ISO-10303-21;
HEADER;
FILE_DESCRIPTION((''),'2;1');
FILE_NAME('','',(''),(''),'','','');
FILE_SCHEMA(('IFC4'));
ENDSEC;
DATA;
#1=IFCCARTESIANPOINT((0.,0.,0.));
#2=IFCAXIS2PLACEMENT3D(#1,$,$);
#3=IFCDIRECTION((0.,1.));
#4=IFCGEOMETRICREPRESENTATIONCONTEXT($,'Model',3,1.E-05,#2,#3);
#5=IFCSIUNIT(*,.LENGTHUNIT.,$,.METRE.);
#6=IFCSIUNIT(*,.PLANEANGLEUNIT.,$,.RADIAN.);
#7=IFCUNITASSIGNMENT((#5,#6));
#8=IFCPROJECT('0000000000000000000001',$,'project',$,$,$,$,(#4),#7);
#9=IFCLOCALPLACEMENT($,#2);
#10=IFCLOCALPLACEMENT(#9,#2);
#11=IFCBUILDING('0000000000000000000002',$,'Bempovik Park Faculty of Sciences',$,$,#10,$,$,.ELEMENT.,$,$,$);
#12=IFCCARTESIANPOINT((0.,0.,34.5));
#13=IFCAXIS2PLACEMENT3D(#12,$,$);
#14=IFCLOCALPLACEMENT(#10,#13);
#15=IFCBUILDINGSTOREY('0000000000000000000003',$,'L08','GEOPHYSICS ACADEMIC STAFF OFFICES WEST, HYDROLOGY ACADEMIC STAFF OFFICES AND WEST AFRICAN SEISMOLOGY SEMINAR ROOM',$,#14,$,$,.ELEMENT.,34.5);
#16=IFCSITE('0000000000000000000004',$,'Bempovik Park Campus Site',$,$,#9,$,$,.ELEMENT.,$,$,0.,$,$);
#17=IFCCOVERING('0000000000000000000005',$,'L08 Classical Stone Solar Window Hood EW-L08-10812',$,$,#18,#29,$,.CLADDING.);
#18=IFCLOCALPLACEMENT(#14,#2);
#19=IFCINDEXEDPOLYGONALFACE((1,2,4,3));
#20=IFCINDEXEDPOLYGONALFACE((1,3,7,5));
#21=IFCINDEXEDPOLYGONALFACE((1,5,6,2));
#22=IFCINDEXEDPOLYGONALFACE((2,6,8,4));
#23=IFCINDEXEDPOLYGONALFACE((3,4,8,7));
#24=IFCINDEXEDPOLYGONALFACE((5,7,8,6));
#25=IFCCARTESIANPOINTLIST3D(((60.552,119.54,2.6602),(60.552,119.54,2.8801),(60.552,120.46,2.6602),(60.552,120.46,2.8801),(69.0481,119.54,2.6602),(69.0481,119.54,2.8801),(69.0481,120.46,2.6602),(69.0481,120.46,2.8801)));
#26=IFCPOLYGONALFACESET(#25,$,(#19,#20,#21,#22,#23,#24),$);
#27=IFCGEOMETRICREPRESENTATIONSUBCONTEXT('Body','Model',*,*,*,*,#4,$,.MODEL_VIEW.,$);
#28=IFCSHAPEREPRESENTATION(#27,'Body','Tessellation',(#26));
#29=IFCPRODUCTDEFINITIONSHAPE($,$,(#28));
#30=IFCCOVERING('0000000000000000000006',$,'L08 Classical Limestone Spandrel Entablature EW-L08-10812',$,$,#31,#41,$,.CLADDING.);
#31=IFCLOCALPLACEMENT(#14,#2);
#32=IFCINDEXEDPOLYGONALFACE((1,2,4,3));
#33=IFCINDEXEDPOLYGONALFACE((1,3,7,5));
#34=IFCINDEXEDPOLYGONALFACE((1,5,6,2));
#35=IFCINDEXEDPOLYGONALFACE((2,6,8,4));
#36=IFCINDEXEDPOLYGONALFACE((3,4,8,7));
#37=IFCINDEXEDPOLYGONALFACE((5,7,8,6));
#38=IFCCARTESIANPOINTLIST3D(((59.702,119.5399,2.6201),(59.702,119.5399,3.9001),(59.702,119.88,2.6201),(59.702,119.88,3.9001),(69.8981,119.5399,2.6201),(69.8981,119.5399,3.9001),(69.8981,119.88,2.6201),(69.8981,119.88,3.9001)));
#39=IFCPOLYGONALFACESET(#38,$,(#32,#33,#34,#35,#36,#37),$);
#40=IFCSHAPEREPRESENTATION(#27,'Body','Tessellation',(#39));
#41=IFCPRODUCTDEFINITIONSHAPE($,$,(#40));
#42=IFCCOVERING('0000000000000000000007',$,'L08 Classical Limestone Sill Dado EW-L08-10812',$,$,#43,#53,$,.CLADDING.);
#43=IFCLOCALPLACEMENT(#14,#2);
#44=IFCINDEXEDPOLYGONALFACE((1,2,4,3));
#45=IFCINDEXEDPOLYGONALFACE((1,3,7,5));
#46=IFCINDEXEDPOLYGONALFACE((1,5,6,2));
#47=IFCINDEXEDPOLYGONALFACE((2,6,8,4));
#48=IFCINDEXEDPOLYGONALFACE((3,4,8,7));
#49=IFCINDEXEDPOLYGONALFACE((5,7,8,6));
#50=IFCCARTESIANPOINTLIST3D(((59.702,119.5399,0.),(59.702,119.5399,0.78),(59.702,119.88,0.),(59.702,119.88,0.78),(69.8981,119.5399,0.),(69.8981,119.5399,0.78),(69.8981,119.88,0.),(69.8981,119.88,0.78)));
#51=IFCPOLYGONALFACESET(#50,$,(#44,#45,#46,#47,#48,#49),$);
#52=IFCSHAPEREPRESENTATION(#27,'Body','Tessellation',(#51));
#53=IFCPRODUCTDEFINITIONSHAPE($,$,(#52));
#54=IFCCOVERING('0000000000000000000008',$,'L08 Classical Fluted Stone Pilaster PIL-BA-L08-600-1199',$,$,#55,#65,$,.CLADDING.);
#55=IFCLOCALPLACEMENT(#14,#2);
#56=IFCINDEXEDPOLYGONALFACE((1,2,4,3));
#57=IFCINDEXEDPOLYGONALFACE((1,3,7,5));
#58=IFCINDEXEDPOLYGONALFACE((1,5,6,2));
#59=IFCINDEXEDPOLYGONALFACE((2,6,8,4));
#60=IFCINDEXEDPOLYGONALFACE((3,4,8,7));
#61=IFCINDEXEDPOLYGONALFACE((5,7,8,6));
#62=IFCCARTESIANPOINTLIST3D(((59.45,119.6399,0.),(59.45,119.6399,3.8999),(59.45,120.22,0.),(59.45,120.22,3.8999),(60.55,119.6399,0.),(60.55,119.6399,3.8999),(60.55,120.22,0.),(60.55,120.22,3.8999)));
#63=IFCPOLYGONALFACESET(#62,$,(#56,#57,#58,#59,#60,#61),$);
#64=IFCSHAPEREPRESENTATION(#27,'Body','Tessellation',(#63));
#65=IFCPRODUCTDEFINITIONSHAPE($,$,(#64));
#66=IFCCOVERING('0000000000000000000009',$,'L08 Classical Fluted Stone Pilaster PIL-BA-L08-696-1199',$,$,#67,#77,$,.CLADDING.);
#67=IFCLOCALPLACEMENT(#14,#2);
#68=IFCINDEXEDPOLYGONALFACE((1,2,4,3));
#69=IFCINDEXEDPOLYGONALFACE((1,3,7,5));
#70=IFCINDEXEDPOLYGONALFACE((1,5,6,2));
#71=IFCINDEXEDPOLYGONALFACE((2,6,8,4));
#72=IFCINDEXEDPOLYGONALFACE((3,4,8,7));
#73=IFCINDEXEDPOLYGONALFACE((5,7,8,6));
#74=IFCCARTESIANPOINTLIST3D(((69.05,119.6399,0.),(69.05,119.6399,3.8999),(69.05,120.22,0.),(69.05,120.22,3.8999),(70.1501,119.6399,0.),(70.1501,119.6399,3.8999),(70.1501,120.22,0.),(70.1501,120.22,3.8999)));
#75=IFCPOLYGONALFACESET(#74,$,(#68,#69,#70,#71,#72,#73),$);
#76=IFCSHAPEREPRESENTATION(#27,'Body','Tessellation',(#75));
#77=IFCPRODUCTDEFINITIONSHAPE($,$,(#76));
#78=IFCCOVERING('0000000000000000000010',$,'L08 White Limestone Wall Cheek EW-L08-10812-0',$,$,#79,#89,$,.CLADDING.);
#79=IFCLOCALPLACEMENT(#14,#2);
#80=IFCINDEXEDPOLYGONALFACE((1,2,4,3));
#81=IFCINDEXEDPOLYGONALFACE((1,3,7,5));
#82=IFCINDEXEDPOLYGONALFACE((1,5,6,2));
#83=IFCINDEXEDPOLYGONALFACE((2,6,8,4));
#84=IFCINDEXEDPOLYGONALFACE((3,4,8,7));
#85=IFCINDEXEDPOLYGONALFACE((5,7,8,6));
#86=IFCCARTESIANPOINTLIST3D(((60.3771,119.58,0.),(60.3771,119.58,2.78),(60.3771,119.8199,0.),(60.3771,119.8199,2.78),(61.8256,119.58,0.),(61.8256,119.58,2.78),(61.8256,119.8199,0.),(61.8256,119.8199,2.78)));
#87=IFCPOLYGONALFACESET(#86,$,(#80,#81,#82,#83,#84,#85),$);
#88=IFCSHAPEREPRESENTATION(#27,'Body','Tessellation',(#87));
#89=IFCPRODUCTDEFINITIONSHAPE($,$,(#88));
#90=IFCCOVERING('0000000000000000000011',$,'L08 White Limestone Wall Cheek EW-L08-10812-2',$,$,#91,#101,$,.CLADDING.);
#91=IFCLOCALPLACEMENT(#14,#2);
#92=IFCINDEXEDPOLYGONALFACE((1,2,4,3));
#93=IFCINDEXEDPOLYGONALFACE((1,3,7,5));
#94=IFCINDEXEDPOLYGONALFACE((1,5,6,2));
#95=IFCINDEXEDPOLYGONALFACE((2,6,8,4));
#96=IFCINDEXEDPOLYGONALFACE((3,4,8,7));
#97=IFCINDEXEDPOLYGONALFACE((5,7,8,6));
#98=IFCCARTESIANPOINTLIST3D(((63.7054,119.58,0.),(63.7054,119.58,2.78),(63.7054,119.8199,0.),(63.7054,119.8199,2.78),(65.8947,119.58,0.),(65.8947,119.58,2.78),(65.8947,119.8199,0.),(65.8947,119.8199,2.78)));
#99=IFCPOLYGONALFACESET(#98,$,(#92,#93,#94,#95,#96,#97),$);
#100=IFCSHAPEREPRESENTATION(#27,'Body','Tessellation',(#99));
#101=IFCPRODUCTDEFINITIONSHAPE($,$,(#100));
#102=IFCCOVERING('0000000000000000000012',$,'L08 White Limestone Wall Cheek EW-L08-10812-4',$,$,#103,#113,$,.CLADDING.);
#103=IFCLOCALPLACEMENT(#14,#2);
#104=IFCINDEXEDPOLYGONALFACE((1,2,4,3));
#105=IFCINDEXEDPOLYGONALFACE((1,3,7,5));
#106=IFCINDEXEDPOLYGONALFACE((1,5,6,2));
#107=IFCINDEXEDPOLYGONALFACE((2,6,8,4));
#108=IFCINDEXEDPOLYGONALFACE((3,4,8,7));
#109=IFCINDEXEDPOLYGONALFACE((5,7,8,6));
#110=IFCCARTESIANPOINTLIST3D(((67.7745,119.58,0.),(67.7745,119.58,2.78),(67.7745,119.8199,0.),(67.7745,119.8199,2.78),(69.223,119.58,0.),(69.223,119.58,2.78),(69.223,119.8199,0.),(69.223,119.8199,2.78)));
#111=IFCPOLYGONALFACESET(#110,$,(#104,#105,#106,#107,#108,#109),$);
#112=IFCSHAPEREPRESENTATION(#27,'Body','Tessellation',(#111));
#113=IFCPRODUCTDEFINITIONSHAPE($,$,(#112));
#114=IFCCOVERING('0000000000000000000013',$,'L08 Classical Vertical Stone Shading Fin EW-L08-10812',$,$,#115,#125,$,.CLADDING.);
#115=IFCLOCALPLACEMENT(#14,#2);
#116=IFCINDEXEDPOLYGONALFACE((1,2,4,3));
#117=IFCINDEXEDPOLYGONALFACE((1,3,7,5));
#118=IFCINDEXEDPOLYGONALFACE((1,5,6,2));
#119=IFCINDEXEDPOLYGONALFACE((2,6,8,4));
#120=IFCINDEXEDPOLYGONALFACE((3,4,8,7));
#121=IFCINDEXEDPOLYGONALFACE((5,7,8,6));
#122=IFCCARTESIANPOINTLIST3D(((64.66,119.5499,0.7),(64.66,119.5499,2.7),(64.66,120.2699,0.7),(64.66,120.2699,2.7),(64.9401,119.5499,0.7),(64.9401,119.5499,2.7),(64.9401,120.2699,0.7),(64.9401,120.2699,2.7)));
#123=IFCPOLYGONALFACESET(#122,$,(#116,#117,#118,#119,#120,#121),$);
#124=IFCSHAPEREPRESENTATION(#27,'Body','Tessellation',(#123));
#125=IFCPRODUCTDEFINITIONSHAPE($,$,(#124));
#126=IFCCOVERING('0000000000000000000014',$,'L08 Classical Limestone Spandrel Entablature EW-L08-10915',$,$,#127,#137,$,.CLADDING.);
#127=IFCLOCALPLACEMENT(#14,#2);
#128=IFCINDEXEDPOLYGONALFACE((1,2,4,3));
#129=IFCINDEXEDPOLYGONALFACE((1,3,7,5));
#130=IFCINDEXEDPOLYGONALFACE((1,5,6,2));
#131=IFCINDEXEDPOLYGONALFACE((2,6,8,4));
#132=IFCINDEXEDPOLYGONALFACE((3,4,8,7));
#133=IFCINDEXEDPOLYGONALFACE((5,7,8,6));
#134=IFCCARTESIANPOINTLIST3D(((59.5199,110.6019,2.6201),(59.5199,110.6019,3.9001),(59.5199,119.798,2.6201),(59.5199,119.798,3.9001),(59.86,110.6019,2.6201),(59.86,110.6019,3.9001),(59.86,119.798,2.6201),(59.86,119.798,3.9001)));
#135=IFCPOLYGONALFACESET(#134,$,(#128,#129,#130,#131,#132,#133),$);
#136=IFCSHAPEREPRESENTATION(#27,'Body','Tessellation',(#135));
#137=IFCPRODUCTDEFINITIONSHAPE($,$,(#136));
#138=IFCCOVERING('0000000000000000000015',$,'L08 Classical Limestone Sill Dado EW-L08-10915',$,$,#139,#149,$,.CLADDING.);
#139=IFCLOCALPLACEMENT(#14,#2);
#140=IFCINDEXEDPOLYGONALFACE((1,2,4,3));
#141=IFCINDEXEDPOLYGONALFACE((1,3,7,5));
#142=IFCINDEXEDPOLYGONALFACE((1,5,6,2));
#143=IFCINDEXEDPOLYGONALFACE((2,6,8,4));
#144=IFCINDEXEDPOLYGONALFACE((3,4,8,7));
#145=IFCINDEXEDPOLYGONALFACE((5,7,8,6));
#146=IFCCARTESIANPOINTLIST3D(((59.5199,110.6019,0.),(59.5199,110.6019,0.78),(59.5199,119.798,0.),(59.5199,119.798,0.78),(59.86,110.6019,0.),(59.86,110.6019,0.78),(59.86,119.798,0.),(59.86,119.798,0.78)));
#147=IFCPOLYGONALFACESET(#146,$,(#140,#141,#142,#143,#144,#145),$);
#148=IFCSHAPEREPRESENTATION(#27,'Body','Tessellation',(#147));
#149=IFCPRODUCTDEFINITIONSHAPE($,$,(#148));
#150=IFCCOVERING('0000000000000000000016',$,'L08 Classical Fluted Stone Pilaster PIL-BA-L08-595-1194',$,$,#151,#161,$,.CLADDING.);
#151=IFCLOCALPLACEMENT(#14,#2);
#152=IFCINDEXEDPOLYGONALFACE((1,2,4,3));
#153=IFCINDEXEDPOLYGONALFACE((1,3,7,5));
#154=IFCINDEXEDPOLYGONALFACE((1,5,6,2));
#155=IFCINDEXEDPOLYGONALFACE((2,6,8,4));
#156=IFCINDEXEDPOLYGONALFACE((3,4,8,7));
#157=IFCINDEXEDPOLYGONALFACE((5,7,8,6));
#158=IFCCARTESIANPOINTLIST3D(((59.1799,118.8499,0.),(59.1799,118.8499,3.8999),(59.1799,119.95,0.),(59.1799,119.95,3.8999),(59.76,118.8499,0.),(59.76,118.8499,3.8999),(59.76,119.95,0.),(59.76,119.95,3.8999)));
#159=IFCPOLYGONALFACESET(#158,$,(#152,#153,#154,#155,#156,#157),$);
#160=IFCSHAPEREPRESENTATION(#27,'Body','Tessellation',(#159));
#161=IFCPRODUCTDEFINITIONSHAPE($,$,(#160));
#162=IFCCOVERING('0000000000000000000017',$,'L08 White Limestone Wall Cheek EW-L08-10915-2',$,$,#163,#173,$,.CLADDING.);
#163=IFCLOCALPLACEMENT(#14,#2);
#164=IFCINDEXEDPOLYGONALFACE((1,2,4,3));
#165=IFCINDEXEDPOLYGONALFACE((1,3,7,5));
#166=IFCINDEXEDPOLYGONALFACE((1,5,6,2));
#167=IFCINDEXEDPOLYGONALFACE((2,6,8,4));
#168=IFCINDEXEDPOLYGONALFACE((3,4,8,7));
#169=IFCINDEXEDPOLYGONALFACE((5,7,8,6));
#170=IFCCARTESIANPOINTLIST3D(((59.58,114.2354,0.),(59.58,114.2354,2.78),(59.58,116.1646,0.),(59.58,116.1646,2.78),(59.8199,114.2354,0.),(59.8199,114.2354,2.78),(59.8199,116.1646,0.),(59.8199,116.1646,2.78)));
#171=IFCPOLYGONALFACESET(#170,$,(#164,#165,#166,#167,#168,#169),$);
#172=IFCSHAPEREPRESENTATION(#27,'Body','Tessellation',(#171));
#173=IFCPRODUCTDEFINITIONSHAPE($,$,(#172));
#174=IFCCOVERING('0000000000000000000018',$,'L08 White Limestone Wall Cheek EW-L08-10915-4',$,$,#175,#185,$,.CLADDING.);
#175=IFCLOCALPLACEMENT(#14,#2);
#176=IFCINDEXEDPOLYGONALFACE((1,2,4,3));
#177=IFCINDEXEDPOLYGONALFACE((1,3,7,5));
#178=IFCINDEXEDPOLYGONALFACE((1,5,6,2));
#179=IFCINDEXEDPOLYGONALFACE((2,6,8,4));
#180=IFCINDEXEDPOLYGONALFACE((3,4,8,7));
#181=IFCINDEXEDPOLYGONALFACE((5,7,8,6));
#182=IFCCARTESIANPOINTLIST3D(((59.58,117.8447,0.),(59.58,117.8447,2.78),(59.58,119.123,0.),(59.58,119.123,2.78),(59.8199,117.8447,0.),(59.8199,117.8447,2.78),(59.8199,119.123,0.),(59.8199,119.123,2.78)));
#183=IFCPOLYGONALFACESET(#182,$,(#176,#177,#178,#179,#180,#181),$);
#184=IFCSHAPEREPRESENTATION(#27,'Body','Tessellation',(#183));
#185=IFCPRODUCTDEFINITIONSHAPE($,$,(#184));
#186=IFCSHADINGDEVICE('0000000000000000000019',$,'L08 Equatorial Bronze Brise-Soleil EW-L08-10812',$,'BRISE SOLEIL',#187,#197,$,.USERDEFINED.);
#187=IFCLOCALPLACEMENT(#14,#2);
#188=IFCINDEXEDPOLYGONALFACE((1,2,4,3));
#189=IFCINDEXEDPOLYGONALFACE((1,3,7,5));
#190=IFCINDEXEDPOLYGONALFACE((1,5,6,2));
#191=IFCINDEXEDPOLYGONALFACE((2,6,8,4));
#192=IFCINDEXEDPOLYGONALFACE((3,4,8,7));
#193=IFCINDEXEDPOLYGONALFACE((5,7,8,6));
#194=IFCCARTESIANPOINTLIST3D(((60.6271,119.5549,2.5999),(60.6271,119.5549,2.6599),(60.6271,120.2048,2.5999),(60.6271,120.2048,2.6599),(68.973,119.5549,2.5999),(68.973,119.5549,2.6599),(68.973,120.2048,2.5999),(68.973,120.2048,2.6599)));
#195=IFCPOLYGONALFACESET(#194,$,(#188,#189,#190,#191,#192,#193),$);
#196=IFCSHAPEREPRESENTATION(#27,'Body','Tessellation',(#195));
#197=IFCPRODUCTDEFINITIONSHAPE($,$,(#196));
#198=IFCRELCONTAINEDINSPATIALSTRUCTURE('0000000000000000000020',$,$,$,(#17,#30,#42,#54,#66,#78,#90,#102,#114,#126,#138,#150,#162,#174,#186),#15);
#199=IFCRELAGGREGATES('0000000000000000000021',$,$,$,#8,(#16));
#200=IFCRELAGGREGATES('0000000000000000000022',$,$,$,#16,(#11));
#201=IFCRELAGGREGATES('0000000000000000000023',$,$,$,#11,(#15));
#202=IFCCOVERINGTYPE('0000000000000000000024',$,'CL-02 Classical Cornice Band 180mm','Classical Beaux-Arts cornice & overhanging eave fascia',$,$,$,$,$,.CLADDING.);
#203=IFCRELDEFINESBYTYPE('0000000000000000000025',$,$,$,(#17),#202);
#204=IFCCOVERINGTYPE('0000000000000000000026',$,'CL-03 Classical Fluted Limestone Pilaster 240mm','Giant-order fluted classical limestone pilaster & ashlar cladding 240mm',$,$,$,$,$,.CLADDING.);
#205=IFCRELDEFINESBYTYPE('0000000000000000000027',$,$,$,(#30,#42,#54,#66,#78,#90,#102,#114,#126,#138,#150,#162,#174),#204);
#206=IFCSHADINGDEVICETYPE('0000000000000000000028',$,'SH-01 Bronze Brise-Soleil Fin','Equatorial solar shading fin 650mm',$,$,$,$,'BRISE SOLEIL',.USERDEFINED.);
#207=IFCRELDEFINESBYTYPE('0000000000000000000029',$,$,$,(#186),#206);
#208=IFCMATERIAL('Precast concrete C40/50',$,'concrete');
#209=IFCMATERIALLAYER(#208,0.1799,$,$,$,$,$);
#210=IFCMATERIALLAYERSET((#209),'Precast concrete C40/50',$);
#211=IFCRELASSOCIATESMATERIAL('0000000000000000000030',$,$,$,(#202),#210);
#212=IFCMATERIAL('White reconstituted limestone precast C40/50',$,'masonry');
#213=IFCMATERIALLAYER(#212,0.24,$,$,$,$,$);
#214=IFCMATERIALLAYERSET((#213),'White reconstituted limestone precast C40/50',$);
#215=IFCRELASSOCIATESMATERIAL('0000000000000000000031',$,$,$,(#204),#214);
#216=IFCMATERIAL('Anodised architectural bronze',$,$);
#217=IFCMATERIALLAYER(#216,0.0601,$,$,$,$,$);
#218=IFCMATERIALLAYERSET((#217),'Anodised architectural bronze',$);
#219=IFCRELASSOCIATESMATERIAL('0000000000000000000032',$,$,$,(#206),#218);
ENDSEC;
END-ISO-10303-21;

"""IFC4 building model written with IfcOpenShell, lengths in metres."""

from ifc_helpers import new_model, si_unit, direction, frame, origin, origin_2d, place, context, subcontext, project, spatial, rectangle, extrude, material, layer, layer_set, type_object, element, save


model = new_model("IFC4")

# Units and contexts
model_context = context("Model", 3, precision=1e-05, world=origin(), true_north=direction((0.0, 1.0)))
body_context = subcontext(model_context, "Body", "Model", "MODEL_VIEW")
ifc_project = project(units=[si_unit("LENGTHUNIT", "METRE"), si_unit("PLANEANGLEUNIT", "RADIAN")], contexts=[model_context])

# Site, building, storey
site_placement = place(None, origin())
site = spatial("IfcSite", under=ifc_project, at=site_placement, Name="Bempovik Park Campus Site", CompositionType="ELEMENT", RefElevation=0.0)
building_placement = place(site_placement, origin())
building = spatial("IfcBuilding", under=site, at=building_placement, Name="Bempovik Park Faculty of Sciences", CompositionType="ELEMENT")
storey_placement = place(building_placement, frame((0.0, 0.0, 34.5)))
storey = spatial("IfcBuildingStorey", under=building, at=storey_placement, Name="L08", Description="GEOPHYSICS ACADEMIC STAFF OFFICES WEST, HYDROLOGY ACADEMIC STAFF OFFICES AND WEST AFRICAN SEISMOLOGY SEMINAR ROOM", CompositionType="ELEMENT", Elevation=34.5)

# Shared definitions
ifc_material_1 = material(Name="Precast concrete C40/50", Category="concrete")

# Coverings
ifc_layer_1 = layer(ifc_material_1, 0.1799)
ifc_layer_set_1 = layer_set([ifc_layer_1], Name="Precast concrete C40/50")
covering_type_1 = type_object("IfcCoveringType", Name="CL-02 Classical Cornice Band 180mm", Description="Classical Beaux-Arts cornice & overhanging eave fascia", PredefinedType="CLADDING", material=ifc_layer_set_1)
covering_1_placement = place(storey_placement, frame((64.8, 120.0, 2.6602), z_axis=(0.0, 0.0, 1.0), x_axis=(1.0, 0.0, 0.0)))
element("IfcCovering", 1, at=covering_1_placement, inside=storey, type_object=covering_type_1, Name="L08 Classical Stone Solar Window Hood EW-L08-10812", PredefinedType="CLADDING", context=body_context, shape_type="SweptSolid", body=[
    extrude(rectangle(XDim=8.4961, YDim=0.9199, at=origin_2d()), origin(), (0.0, 0.0, 1.0), 0.22),
])
ifc_material_2 = material(Name="White reconstituted limestone precast C40/50", Category="masonry")
ifc_layer_2 = layer(ifc_material_2, 0.24)
ifc_layer_set_2 = layer_set([ifc_layer_2], Name="White reconstituted limestone precast C40/50")
covering_type_2 = type_object("IfcCoveringType", Name="CL-03 Classical Fluted Limestone Pilaster 240mm", Description="Giant-order fluted classical limestone pilaster & ashlar cladding 240mm", PredefinedType="CLADDING", material=ifc_layer_set_2)
covering_2_placement = place(storey_placement, frame((64.8, 119.71, 2.6201), z_axis=(0.0, 0.0, 1.0), x_axis=(1.0, 0.0, 0.0)))
element("IfcCovering", 2, at=covering_2_placement, inside=storey, type_object=covering_type_2, Name="L08 Classical Limestone Spandrel Entablature EW-L08-10812", PredefinedType="CLADDING", context=body_context, shape_type="SweptSolid", body=[
    extrude(rectangle(XDim=10.196, YDim=0.3401, at=origin_2d()), origin(), (0.0, 0.0, 1.0), 1.28),
])
covering_3_placement = place(storey_placement, frame((64.8, 119.71, 0.0), z_axis=(0.0, 0.0, 1.0), x_axis=(1.0, 0.0, 0.0)))
element("IfcCovering", 3, at=covering_3_placement, inside=storey, type_object=covering_type_2, Name="L08 Classical Limestone Sill Dado EW-L08-10812", PredefinedType="CLADDING", context=body_context, shape_type="SweptSolid", body=[
    extrude(rectangle(XDim=10.196, YDim=0.3401, at=origin_2d()), origin(), (0.0, 0.0, 1.0), 0.78),
])
for number, where, z_axis, x_axis, name in (
    (4, (60.0, 119.9299, 0.0), (0.0, 0.0, 1.0), (1.0, 0.0, 0.0), "L08 Classical Fluted Stone Pilaster PIL-BA-L08-600-1199"),
    (5, (69.6001, 119.9299, 0.0), (0.0, 0.0, 1.0), (1.0, 0.0, 0.0), "L08 Classical Fluted Stone Pilaster PIL-BA-L08-696-1199"),
):
    element("IfcCovering", number, at=place(storey_placement, frame(where, z_axis=z_axis, x_axis=x_axis)), inside=storey, type_object=covering_type_2, Name=name, PredefinedType="CLADDING", context=body_context, shape_type="SweptSolid", body=[
        extrude(rectangle(XDim=1.1001, YDim=0.5801, at=origin_2d()), origin(), (0.0, 0.0, 1.0), 3.8999),
    ])
covering_4_placement = place(storey_placement, frame((61.1013, 119.7, 0.0), z_axis=(0.0, 0.0, 1.0), x_axis=(1.0, 0.0, 0.0)))
element("IfcCovering", 6, at=covering_4_placement, inside=storey, type_object=covering_type_2, Name="L08 White Limestone Wall Cheek EW-L08-10812-0", PredefinedType="CLADDING", context=body_context, shape_type="SweptSolid", body=[
    extrude(rectangle(XDim=1.4485, YDim=0.24, at=origin_2d()), origin(), (0.0, 0.0, 1.0), 2.78),
])
covering_5_placement = place(storey_placement, frame((64.8, 119.7, 0.0), z_axis=(0.0, 0.0, 1.0), x_axis=(1.0, 0.0, 0.0)))
element("IfcCovering", 7, at=covering_5_placement, inside=storey, type_object=covering_type_2, Name="L08 White Limestone Wall Cheek EW-L08-10812-2", PredefinedType="CLADDING", context=body_context, shape_type="SweptSolid", body=[
    extrude(rectangle(XDim=2.1892, YDim=0.24, at=origin_2d()), origin(), (0.0, 0.0, 1.0), 2.78),
])
covering_6_placement = place(storey_placement, frame((68.4988, 119.7, 0.0), z_axis=(0.0, 0.0, 1.0), x_axis=(1.0, 0.0, 0.0)))
element("IfcCovering", 8, at=covering_6_placement, inside=storey, type_object=covering_type_2, Name="L08 White Limestone Wall Cheek EW-L08-10812-4", PredefinedType="CLADDING", context=body_context, shape_type="SweptSolid", body=[
    extrude(rectangle(XDim=1.4485, YDim=0.24, at=origin_2d()), origin(), (0.0, 0.0, 1.0), 2.78),
])
covering_7_placement = place(storey_placement, frame((64.8, 119.9099, 0.7), z_axis=(0.0, 0.0, 1.0), x_axis=(1.0, 0.0, 0.0)))
element("IfcCovering", 9, at=covering_7_placement, inside=storey, type_object=covering_type_2, Name="L08 Classical Vertical Stone Shading Fin EW-L08-10812", PredefinedType="CLADDING", context=body_context, shape_type="SweptSolid", body=[
    extrude(rectangle(XDim=0.28, YDim=0.72, at=origin_2d()), origin(), (0.0, 0.0, 1.0), 2.0),
])
covering_8_placement = place(storey_placement, frame((59.6899, 115.2, 2.6201), z_axis=(0.0, 0.0, 1.0), x_axis=(1.0, 0.0, 0.0)))
element("IfcCovering", 10, at=covering_8_placement, inside=storey, type_object=covering_type_2, Name="L08 Classical Limestone Spandrel Entablature EW-L08-10915", PredefinedType="CLADDING", context=body_context, shape_type="SweptSolid", body=[
    extrude(rectangle(XDim=0.3401, YDim=9.196, at=origin_2d()), origin(), (0.0, 0.0, 1.0), 1.28),
])
covering_9_placement = place(storey_placement, frame((59.6899, 115.2, 0.0), z_axis=(0.0, 0.0, 1.0), x_axis=(1.0, 0.0, 0.0)))
element("IfcCovering", 11, at=covering_9_placement, inside=storey, type_object=covering_type_2, Name="L08 Classical Limestone Sill Dado EW-L08-10915", PredefinedType="CLADDING", context=body_context, shape_type="SweptSolid", body=[
    extrude(rectangle(XDim=0.3401, YDim=9.196, at=origin_2d()), origin(), (0.0, 0.0, 1.0), 0.78),
])
covering_10_placement = place(storey_placement, frame((59.47, 119.3999, 0.0), z_axis=(0.0, 0.0, 1.0), x_axis=(1.0, 0.0, 0.0)))
element("IfcCovering", 12, at=covering_10_placement, inside=storey, type_object=covering_type_2, Name="L08 Classical Fluted Stone Pilaster PIL-BA-L08-595-1194", PredefinedType="CLADDING", context=body_context, shape_type="SweptSolid", body=[
    extrude(rectangle(XDim=0.5801, YDim=1.1001, at=origin_2d()), origin(), (0.0, 0.0, 1.0), 3.8999),
])
covering_11_placement = place(storey_placement, frame((59.7, 115.2, 0.0), z_axis=(0.0, 0.0, 1.0), x_axis=(1.0, 0.0, 0.0)))
element("IfcCovering", 13, at=covering_11_placement, inside=storey, type_object=covering_type_2, Name="L08 White Limestone Wall Cheek EW-L08-10915-2", PredefinedType="CLADDING", context=body_context, shape_type="SweptSolid", body=[
    extrude(rectangle(XDim=0.24, YDim=1.9292, at=origin_2d()), origin(), (0.0, 0.0, 1.0), 2.78),
])
covering_12_placement = place(storey_placement, frame((59.7, 118.4839, 0.0), z_axis=(0.0, 0.0, 1.0), x_axis=(1.0, 0.0, 0.0)))
element("IfcCovering", 14, at=covering_12_placement, inside=storey, type_object=covering_type_2, Name="L08 White Limestone Wall Cheek EW-L08-10915-4", PredefinedType="CLADDING", context=body_context, shape_type="SweptSolid", body=[
    extrude(rectangle(XDim=0.24, YDim=1.2783, at=origin_2d()), origin(), (0.0, 0.0, 1.0), 2.78),
])

# Shading device
ifc_material_3 = material(Name="Anodised architectural bronze")
ifc_layer_3 = layer(ifc_material_3, 0.0601)
ifc_layer_set_3 = layer_set([ifc_layer_3], Name="Anodised architectural bronze")
shading_device_type = type_object("IfcShadingDeviceType", Name="SH-01 Bronze Brise-Soleil Fin", Description="Equatorial solar shading fin 650mm", ElementType="BRISE SOLEIL", PredefinedType="USERDEFINED", material=ifc_layer_set_3)
shading_device_placement = place(storey_placement, frame((64.8, 119.8799, 2.5999), z_axis=(0.0, 0.0, 1.0), x_axis=(1.0, 0.0, 0.0)))
element("IfcShadingDevice", 15, at=shading_device_placement, inside=storey, type_object=shading_device_type, Name="L08 Equatorial Bronze Brise-Soleil EW-L08-10812", ObjectType="BRISE SOLEIL", PredefinedType="USERDEFINED", context=body_context, shape_type="SweptSolid", body=[
    extrude(rectangle(XDim=8.3459, YDim=0.6499, at=origin_2d()), origin(), (0.0, 0.0, 1.0), 0.0601),
])

save(model, "model.ifc")
